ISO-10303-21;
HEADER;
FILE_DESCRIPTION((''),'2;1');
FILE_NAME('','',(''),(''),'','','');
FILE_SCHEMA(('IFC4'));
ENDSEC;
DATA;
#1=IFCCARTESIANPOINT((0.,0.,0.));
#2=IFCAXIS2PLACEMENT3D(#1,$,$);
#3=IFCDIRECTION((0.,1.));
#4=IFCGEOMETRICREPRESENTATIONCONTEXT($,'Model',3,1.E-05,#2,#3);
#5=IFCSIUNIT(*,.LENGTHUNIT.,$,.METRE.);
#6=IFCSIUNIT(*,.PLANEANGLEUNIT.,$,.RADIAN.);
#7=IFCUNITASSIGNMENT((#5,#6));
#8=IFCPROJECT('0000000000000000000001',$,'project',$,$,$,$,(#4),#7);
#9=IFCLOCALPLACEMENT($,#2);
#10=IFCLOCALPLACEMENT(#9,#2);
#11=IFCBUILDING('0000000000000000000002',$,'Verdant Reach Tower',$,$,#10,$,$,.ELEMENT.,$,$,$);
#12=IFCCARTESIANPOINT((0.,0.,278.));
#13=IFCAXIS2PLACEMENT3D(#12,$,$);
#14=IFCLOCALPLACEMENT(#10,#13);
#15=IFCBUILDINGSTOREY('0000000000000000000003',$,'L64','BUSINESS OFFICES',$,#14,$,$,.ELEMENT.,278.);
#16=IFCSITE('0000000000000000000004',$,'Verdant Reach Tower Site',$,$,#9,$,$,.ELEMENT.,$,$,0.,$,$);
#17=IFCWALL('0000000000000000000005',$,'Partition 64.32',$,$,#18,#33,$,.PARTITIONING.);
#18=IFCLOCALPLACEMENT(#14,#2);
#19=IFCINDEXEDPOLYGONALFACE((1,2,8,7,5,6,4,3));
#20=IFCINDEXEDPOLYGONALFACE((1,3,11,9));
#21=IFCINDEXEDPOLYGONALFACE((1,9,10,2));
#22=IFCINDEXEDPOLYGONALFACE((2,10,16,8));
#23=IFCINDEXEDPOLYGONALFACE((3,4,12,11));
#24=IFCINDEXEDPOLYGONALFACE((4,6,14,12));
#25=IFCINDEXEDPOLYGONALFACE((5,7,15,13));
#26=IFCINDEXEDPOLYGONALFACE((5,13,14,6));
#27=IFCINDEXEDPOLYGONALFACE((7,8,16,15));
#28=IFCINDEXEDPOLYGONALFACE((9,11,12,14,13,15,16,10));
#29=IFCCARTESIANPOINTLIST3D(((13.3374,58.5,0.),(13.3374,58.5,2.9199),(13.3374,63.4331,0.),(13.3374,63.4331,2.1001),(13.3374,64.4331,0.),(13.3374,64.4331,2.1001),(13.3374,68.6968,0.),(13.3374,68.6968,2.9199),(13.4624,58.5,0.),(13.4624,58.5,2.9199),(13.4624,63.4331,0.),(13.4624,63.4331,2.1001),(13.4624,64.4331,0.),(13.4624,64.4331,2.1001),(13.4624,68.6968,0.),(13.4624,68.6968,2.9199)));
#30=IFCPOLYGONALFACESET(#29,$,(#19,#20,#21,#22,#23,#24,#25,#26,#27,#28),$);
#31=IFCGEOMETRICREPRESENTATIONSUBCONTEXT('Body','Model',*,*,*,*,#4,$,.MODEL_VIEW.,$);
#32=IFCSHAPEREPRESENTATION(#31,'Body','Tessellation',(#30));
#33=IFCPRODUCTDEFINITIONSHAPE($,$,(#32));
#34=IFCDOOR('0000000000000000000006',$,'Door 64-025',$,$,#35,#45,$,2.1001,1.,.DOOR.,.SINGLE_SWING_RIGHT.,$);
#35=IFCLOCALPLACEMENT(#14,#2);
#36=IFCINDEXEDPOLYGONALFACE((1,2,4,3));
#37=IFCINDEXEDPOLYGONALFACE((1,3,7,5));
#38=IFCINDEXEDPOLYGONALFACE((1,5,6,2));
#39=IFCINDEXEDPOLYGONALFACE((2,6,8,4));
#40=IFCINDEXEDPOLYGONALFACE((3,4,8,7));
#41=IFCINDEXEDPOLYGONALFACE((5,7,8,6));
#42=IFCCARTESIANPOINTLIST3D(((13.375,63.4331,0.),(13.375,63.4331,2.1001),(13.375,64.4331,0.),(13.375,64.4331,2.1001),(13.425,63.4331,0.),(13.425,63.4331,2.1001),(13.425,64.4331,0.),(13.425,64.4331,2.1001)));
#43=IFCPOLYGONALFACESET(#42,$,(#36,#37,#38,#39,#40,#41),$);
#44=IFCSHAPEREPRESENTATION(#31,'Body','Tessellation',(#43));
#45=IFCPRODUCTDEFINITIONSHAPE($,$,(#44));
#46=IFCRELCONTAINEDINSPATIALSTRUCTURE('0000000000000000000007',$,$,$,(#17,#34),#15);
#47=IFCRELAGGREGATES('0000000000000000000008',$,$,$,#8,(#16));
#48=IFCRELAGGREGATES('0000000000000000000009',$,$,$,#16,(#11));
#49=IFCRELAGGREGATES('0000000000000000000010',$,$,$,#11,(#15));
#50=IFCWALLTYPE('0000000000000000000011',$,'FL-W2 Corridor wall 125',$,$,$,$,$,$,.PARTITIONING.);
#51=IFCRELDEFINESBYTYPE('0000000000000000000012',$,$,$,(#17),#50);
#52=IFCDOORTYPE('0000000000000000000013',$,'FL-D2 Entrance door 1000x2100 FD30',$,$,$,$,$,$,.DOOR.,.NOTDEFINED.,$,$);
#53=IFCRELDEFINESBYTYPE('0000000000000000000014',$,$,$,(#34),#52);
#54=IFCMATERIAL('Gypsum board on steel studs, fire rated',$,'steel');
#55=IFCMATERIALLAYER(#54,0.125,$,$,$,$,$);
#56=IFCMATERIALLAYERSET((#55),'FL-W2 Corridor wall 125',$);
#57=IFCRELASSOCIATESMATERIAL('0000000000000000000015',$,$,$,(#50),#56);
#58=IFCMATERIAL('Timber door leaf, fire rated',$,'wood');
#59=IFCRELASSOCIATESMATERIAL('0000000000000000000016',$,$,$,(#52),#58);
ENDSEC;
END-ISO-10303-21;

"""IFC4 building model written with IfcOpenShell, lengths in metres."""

from ifc_helpers import new_model, si_unit, direction, frame, frame_2d, origin, place, context, subcontext, project, spatial, rectangle, extrude, material, layer, layer_set, type_object, element, fill, save


model = new_model("IFC4")

# Units and contexts
model_context = context("Model", 3, precision=1e-05, world=origin(), true_north=direction((0.0, 1.0)))
body_context = subcontext(model_context, "Body", "Model", "MODEL_VIEW")
ifc_project = project(units=[si_unit("LENGTHUNIT", "METRE"), si_unit("PLANEANGLEUNIT", "RADIAN")], contexts=[model_context])

# Site, building, storey
site_placement = place(None, origin())
site = spatial("IfcSite", under=ifc_project, at=site_placement, Name="Verdant Reach Tower Site", CompositionType="ELEMENT", RefElevation=0.0)
building_placement = place(site_placement, origin())
building = spatial("IfcBuilding", under=site, at=building_placement, Name="Verdant Reach Tower", CompositionType="ELEMENT")
storey_placement = place(building_placement, frame((0.0, 0.0, 278.0)))
storey = spatial("IfcBuildingStorey", under=building, at=storey_placement, Name="L64", Description="BUSINESS OFFICES", CompositionType="ELEMENT", Elevation=278.0)

# Shared definitions
ifc_material_1 = material(Name="Gypsum board on steel studs, fire rated", Category="steel")
ifc_layer_1 = layer(ifc_material_1, 0.125)
ifc_layer_set_1 = layer_set([ifc_layer_1], Name="FL-W2 Corridor wall 125")
wall_type_1 = type_object("IfcWallType", Name="FL-W2 Corridor wall 125", PredefinedType="PARTITIONING", material=ifc_layer_set_1)
ifc_material_2 = material(Name="Timber door leaf, fire rated", Category="wood")
door_type = type_object("IfcDoorType", Name="FL-D2 Entrance door 1000x2100 FD30", OperationType="NOTDEFINED", PredefinedType="DOOR", material=ifc_material_2)

# Wall, opening, door
wall_1_placement = place(storey_placement, frame((13.3999, 58.5, 0.0), z_axis=(0.0, 0.0, 1.0), x_axis=(0.0, 1.0, 0.0)))
wall_1 = element("IfcWall", 1, at=wall_1_placement, inside=storey, type_object=wall_type_1, Name="Partition 64.32", PredefinedType="PARTITIONING", context=body_context, shape_type="SweptSolid", body=[
    extrude(rectangle(XDim=10.1968, YDim=0.125, at=frame_2d((5.0984, 0.0))), origin(), (0.0, 0.0, 1.0), 2.9199),
])
opening_1_placement = place(wall_1_placement, frame((4.9331, 0.0, 0.0)))
opening_1 = element("IfcOpeningElement", 2, at=opening_1_placement, cuts=wall_1, PredefinedType="OPENING", context=body_context, shape_type="SweptSolid", body=[
    extrude(rectangle(XDim=1.0, YDim=2.1001, at=frame_2d((0.5, 1.05))), frame((0.0, 0.0725, 0.0), z_axis=(0.0, -1.0, 0.0), x_axis=(1.0, 0.0, 0.0)), (0.0, 0.0, 1.0), 0.145),
])
door_1_placement = place(opening_1_placement, origin())
door_1 = element("IfcDoor", 3, at=door_1_placement, inside=storey, type_object=door_type, Name="Door 64-025", OperationType="SINGLE_SWING_RIGHT", OverallHeight=2.1001, OverallWidth=1.0, PredefinedType="DOOR", context=body_context, shape_type="SweptSolid", body=[
    extrude(rectangle(XDim=1.0, YDim=2.1001, at=frame_2d((0.5, 1.05))), frame((0.0, 0.0249, 0.0), z_axis=(0.0, -1.0, 0.0), x_axis=(1.0, 0.0, 0.0)), (0.0, 0.0, 1.0), 0.05),
])
fill(opening_1, door_1)

save(model, "model.ifc")
